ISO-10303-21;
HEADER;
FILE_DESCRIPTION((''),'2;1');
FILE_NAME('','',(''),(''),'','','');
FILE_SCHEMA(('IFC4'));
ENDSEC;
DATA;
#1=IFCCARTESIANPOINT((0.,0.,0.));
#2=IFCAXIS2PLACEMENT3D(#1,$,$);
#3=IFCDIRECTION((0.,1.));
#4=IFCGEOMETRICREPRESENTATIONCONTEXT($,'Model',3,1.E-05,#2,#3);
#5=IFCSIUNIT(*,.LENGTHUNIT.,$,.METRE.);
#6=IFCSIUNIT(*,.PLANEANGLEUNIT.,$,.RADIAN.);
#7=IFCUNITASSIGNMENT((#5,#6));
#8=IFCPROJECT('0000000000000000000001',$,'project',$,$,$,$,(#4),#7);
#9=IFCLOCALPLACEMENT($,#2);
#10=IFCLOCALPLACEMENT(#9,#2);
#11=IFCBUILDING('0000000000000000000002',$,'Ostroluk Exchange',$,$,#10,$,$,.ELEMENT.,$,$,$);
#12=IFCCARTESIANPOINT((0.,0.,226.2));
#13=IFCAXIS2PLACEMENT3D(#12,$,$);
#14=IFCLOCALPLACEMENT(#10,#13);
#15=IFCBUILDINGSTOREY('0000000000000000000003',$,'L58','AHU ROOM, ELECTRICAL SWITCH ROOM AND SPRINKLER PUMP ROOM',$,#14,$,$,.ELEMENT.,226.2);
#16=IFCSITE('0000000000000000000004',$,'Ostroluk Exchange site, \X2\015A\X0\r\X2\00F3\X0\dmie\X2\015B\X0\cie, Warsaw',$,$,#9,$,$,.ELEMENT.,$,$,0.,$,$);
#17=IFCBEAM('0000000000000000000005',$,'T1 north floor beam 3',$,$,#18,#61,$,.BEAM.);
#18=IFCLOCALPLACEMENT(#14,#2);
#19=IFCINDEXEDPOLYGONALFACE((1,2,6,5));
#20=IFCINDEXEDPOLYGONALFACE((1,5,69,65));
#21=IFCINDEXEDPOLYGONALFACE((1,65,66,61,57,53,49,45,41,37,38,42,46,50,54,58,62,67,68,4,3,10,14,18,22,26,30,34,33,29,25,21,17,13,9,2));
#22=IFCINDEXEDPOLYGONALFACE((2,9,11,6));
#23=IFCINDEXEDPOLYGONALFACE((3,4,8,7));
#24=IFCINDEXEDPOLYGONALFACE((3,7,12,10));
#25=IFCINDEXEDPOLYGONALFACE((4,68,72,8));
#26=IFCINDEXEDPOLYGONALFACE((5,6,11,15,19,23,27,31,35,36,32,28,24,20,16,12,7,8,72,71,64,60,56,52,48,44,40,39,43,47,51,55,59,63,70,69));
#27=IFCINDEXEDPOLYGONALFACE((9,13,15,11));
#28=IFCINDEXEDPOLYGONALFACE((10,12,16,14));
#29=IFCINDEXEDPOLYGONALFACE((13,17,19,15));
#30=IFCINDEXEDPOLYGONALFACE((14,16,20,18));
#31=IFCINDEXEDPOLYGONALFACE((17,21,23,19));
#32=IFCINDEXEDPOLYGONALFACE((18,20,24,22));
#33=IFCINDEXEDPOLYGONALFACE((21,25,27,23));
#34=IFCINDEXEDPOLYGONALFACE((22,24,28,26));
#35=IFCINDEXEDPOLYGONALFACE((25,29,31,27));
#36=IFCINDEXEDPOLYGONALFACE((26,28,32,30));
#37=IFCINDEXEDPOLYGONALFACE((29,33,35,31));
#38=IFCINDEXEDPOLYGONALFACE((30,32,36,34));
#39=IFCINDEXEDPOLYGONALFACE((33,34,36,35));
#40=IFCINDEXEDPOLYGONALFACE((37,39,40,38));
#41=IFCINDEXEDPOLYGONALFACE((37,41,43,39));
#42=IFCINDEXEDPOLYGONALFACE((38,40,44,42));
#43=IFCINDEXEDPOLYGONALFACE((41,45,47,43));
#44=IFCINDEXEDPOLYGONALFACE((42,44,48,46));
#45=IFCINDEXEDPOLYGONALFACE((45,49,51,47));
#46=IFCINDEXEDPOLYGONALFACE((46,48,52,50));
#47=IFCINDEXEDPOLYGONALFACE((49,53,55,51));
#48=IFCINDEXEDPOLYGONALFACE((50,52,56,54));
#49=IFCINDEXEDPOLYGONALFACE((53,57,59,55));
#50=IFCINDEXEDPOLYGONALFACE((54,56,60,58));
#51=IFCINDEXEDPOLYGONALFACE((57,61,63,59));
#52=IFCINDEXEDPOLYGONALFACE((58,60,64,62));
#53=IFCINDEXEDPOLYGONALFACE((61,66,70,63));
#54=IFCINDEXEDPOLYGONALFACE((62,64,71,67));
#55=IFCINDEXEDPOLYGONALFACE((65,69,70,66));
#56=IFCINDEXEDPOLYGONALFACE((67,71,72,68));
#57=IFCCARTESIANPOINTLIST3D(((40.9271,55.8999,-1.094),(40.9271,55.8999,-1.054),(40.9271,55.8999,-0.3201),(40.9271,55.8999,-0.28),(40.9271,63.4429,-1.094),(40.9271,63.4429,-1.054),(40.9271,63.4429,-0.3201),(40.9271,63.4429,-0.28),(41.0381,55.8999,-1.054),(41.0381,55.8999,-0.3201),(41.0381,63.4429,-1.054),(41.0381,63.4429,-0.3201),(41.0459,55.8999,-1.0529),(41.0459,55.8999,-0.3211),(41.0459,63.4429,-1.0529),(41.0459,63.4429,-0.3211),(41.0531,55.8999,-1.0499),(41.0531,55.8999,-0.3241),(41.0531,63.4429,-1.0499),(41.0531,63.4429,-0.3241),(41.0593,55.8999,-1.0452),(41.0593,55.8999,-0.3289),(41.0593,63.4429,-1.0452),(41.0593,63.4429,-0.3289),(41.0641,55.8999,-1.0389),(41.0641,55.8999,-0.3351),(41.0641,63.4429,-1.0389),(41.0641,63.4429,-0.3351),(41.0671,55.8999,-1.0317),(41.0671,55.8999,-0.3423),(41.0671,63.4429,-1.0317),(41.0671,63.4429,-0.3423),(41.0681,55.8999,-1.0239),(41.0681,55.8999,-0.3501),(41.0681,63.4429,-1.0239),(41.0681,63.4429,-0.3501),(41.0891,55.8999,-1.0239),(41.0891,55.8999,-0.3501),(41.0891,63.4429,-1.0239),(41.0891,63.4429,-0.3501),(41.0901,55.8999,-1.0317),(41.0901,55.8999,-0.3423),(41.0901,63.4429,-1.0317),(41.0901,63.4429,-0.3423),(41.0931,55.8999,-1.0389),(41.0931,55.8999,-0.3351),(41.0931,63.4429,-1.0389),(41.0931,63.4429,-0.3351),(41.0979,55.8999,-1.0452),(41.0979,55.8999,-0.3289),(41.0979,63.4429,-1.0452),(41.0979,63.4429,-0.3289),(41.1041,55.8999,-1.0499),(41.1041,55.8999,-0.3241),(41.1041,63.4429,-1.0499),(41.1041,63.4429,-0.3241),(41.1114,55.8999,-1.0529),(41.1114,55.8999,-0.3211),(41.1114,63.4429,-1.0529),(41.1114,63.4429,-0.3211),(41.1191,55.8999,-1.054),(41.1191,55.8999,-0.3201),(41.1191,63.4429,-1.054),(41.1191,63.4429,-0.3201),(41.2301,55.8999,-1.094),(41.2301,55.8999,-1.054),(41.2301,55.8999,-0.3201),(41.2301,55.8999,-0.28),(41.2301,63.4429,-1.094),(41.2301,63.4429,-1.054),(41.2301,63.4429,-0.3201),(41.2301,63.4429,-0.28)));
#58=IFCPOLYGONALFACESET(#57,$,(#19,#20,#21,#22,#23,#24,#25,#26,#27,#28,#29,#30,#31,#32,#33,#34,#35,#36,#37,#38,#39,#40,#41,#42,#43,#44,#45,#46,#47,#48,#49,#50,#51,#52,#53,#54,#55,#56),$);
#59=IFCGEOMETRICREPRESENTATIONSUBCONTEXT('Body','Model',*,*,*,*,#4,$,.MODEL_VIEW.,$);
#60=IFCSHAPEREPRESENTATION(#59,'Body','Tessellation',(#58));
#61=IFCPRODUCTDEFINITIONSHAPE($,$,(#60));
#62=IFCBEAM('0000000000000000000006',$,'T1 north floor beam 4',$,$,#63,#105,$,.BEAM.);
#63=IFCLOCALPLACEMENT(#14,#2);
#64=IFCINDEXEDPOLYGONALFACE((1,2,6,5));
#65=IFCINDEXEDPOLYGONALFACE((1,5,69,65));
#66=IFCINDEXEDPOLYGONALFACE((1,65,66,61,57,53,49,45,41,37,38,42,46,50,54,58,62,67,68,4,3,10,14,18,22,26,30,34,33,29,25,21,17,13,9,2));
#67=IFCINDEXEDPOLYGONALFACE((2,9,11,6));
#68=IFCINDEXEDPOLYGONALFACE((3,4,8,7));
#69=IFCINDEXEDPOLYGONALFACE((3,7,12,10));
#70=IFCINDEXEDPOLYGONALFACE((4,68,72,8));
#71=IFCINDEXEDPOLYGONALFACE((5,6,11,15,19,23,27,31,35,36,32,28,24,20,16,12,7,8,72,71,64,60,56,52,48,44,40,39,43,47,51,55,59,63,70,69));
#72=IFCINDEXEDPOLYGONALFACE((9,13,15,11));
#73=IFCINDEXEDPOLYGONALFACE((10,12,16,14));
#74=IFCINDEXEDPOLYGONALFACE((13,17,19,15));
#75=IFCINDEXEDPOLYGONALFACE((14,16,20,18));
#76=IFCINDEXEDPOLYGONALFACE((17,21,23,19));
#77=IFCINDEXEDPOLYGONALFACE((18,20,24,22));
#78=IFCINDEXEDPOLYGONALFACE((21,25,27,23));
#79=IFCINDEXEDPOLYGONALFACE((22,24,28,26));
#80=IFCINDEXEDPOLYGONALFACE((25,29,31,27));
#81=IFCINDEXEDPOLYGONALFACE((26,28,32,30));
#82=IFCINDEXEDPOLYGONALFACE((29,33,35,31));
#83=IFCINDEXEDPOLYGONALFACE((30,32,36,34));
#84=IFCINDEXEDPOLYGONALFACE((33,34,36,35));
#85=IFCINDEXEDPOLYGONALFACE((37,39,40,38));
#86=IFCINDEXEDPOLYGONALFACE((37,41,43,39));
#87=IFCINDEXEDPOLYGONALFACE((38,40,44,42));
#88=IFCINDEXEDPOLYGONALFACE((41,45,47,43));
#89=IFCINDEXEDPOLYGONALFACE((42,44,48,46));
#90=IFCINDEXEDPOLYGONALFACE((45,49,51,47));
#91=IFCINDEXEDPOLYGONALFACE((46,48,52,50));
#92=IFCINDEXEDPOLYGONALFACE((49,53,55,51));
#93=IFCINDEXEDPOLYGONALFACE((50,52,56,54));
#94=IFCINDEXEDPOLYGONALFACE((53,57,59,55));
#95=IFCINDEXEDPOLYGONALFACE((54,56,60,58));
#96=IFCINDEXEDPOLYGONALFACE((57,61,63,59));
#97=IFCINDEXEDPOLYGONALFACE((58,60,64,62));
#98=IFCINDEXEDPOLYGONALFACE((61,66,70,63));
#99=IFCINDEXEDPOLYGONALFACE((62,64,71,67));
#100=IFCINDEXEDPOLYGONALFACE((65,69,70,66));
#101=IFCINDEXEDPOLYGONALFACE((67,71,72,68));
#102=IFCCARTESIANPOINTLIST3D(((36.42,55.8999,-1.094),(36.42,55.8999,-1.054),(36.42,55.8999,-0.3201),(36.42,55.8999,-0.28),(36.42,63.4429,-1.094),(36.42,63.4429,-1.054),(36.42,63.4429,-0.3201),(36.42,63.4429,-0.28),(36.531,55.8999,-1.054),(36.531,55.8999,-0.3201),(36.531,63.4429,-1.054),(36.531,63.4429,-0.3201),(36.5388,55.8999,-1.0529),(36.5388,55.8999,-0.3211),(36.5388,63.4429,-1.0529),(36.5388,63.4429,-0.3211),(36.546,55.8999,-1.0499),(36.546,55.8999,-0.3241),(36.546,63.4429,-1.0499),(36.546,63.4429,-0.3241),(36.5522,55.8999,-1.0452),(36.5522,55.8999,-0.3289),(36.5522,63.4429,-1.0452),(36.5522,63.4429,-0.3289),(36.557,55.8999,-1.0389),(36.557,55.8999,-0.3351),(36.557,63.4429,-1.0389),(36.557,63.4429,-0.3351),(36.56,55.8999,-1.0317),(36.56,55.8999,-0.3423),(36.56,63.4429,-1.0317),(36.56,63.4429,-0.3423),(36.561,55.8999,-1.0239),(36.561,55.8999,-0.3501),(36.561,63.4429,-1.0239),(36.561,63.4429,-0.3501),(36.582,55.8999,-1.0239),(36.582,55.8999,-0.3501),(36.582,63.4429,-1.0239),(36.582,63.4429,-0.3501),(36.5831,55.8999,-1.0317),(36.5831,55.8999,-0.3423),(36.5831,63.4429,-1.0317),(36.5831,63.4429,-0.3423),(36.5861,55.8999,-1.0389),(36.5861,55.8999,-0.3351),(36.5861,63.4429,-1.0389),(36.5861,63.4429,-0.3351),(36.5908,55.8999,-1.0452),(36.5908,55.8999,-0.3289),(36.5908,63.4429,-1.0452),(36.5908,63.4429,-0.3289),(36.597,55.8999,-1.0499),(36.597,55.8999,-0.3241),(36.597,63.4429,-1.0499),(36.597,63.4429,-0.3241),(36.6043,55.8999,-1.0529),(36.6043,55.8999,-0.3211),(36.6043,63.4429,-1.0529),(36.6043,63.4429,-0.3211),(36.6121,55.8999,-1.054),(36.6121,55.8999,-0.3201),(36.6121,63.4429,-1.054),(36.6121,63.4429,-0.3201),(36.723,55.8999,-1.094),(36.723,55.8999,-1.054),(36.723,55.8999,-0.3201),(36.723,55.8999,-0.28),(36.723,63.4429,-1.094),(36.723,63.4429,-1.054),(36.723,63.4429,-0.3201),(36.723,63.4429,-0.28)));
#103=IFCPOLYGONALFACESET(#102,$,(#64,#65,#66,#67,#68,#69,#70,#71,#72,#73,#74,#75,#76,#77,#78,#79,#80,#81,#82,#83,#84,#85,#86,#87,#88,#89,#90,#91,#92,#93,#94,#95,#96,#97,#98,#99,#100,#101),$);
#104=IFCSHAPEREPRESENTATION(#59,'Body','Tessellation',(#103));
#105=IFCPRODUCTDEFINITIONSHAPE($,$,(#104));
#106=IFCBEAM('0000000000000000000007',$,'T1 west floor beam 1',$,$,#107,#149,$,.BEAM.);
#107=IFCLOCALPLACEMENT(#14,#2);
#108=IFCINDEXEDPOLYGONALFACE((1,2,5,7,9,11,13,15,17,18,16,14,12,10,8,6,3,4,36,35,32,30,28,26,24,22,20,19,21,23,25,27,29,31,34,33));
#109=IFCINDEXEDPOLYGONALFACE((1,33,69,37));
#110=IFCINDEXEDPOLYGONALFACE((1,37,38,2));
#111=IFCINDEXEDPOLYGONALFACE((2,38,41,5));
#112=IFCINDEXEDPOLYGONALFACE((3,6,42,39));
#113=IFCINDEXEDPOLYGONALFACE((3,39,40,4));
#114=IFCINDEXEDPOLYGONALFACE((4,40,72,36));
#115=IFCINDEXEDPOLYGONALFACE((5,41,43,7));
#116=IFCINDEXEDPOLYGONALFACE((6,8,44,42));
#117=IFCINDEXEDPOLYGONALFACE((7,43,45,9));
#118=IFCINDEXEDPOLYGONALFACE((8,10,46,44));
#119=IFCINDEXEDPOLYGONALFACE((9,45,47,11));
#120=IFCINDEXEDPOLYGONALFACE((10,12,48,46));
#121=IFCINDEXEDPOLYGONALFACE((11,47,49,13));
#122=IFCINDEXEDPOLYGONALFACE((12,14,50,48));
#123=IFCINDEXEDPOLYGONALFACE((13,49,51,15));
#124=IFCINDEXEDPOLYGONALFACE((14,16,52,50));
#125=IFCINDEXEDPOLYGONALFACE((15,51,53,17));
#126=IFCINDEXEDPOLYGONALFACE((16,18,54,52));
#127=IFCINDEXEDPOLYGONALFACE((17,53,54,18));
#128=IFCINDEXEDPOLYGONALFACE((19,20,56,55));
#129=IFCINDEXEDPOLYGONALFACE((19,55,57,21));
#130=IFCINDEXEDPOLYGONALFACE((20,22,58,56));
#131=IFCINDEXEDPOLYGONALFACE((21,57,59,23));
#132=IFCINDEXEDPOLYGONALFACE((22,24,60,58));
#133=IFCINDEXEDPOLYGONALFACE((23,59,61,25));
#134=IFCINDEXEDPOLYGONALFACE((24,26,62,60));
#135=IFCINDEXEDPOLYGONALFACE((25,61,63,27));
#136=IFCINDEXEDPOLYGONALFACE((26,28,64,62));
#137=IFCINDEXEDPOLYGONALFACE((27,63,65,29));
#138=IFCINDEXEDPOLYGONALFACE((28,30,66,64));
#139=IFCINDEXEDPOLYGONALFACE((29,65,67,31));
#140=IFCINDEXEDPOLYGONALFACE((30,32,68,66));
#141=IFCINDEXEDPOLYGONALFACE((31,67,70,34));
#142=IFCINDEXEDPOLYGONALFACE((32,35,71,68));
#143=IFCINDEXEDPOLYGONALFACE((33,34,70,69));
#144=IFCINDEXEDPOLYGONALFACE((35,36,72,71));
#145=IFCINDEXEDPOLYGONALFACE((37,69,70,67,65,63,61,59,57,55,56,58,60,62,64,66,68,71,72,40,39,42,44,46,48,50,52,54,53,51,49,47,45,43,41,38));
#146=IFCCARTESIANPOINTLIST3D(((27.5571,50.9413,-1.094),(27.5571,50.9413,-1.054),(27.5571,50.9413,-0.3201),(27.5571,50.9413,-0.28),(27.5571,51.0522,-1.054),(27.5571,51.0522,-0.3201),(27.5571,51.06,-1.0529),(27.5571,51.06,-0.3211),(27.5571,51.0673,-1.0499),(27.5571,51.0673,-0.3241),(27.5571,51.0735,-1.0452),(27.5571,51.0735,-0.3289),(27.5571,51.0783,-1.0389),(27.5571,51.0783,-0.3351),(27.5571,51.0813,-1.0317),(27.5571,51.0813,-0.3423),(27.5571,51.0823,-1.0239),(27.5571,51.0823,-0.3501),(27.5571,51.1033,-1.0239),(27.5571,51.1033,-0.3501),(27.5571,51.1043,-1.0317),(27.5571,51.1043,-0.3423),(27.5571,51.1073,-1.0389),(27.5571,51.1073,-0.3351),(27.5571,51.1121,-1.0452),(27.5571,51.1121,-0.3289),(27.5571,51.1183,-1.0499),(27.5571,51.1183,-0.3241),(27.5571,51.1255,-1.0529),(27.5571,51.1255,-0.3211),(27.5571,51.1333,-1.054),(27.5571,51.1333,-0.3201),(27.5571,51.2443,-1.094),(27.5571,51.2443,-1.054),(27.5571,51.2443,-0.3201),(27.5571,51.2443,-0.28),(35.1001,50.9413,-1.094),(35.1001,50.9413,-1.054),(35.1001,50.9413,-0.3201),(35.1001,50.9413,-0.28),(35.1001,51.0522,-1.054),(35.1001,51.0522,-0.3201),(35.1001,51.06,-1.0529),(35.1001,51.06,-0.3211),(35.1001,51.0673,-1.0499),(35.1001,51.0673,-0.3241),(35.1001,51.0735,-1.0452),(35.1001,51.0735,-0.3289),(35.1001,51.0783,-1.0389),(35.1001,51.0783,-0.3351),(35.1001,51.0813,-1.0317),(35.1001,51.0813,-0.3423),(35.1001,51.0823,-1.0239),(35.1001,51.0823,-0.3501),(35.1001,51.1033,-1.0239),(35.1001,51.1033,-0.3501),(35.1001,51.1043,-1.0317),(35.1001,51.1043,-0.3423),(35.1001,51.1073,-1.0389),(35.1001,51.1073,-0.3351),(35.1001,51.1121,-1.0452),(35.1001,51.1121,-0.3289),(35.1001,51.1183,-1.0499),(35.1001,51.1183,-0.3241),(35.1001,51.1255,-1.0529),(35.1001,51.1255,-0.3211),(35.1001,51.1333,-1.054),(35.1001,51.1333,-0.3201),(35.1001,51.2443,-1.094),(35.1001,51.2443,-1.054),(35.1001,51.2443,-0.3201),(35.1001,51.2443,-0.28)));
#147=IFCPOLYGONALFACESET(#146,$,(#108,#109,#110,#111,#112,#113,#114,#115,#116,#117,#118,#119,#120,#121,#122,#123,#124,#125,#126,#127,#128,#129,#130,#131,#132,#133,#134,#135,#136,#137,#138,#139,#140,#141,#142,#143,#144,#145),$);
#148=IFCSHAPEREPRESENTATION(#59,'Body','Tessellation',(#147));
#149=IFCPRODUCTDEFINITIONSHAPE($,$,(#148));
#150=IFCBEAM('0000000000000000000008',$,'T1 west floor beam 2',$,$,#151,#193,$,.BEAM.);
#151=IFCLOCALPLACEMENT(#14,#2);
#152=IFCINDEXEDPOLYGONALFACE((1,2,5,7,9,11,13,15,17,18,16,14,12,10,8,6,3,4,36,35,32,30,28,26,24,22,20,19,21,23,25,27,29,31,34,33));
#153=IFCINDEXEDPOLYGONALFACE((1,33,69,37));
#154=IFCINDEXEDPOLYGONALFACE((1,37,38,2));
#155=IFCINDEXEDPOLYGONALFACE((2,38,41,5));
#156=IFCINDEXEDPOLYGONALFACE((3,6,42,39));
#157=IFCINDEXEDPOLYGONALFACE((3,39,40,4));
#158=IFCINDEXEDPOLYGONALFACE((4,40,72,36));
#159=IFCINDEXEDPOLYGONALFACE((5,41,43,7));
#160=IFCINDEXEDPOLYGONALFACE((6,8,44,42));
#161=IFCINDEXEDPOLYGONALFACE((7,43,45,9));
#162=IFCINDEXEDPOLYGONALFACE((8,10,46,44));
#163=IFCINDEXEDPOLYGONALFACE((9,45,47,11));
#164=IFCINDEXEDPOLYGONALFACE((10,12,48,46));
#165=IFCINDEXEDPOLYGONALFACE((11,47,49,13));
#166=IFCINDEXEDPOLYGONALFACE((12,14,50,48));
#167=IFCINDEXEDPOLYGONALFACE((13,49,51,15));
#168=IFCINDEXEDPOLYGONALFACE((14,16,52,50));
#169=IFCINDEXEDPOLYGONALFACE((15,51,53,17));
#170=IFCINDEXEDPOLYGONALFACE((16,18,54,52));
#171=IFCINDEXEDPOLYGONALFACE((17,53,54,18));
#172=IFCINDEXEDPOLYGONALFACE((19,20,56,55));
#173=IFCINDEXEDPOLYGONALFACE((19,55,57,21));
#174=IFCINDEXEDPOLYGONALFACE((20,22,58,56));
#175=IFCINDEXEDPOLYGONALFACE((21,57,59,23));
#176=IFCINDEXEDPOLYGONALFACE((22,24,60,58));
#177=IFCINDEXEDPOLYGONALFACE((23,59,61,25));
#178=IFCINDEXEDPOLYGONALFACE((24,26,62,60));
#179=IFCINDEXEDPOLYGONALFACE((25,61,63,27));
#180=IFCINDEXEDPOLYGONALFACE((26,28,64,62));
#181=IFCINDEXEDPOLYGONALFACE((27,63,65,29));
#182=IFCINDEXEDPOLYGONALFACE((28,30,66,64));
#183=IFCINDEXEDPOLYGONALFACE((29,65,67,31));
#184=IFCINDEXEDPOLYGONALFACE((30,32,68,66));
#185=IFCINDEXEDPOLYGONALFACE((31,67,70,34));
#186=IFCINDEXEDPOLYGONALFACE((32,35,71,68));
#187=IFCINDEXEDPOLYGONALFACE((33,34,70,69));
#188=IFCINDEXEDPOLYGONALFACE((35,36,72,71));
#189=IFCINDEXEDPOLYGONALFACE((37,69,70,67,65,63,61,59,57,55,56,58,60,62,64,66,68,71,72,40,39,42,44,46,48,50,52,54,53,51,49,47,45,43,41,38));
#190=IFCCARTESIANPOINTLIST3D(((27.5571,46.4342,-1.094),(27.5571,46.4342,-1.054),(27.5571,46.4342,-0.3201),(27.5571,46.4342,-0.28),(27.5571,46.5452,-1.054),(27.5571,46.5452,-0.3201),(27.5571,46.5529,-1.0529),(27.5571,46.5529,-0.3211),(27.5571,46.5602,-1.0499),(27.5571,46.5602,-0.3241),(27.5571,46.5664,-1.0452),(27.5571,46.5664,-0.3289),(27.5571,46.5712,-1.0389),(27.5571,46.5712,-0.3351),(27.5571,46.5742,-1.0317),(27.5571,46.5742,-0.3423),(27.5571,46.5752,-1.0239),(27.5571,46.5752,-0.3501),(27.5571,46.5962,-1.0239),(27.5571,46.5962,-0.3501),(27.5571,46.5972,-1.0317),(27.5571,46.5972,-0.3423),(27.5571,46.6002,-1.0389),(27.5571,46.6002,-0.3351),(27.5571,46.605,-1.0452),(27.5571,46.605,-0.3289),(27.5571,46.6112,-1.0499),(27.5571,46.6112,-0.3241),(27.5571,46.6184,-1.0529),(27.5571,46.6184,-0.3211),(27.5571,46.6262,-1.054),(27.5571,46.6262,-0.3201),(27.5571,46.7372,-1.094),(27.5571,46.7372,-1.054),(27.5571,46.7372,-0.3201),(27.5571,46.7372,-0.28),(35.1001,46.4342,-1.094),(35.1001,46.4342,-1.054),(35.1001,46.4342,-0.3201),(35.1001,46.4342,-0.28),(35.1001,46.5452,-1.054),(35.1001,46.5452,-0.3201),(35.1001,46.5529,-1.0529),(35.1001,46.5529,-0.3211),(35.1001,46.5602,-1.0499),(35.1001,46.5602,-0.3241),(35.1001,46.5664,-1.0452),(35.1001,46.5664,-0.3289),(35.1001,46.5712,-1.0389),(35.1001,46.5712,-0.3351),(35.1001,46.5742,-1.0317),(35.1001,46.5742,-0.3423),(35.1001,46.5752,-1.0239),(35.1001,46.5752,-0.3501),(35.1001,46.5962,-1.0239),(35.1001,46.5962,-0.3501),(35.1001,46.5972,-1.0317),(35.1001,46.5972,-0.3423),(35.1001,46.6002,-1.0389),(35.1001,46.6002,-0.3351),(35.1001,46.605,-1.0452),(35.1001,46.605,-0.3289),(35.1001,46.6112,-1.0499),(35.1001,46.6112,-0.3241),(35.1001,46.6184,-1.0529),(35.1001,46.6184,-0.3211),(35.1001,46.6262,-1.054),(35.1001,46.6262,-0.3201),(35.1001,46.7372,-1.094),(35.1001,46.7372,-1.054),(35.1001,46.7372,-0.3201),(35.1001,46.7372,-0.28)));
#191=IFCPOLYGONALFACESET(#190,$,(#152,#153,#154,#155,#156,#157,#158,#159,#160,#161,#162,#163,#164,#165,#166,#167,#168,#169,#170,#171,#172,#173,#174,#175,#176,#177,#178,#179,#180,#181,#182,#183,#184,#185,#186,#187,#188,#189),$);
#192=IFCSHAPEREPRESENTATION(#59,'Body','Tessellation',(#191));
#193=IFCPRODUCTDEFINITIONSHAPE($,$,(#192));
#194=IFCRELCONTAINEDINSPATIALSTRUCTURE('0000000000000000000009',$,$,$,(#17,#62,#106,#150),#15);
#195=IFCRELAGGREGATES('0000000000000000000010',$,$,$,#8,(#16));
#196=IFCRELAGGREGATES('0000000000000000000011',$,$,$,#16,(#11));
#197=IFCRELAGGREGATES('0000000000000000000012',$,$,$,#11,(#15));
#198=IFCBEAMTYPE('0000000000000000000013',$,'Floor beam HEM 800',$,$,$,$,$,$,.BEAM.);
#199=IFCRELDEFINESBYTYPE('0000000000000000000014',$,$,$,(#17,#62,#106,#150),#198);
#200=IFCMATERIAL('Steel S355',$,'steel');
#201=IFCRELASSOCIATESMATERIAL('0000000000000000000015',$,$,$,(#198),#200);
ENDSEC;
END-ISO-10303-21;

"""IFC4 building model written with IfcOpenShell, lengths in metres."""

from ifc_helpers import new_model, si_unit, direction, frame, origin, origin_2d, place, context, subcontext, project, spatial, i_section, extrude, material, material_profile, profile_set, type_object, element, save


model = new_model("IFC4")

# Units and contexts
model_context = context("Model", 3, precision=1e-05, world=origin(), true_north=direction((0.0, 1.0)))
body_context = subcontext(model_context, "Body", "Model", "MODEL_VIEW")
ifc_project = project(units=[si_unit("LENGTHUNIT", "METRE"), si_unit("PLANEANGLEUNIT", "RADIAN")], contexts=[model_context])

# Site, building, storey
site_placement = place(None, origin())
site = spatial("IfcSite", under=ifc_project, at=site_placement, Name="Ostroluk Exchange site, Śródmieście, Warsaw", CompositionType="ELEMENT", RefElevation=0.0)
building_placement = place(site_placement, origin())
building = spatial("IfcBuilding", under=site, at=building_placement, Name="Ostroluk Exchange", CompositionType="ELEMENT")
storey_placement = place(building_placement, frame((0.0, 0.0, 226.2)))
storey = spatial("IfcBuildingStorey", under=building, at=storey_placement, Name="L58", Description="AHU ROOM, ELECTRICAL SWITCH ROOM AND SPRINKLER PUMP ROOM", CompositionType="ELEMENT", Elevation=226.2)

# Beams
ifc_material_1 = material(Name="Steel S355", Category="steel")
ifc_material_profile_1 = material_profile(ifc_material_1, i_section(OverallWidth=0.303, OverallDepth=0.814, WebThickness=0.021, FlangeThickness=0.04, FilletRadius=0.03, at=origin_2d()), Name="HEM 800")
ifc_profile_set_1 = profile_set([ifc_material_profile_1], Name="Steel S355")
beam_type_1 = type_object("IfcBeamType", Name="Floor beam HEM 800", PredefinedType="BEAM", material=ifc_profile_set_1)
for number, where, z_axis, x_axis, name in (
    (1, (41.0786, 55.8999, -0.687), (0.0, 1.0, 0.0), (-1.0, 0.0, 0.0), "T1 north floor beam 3"),
    (2, (36.5715, 55.8999, -0.687), (0.0, 1.0, 0.0), (-1.0, 0.0, 0.0), "T1 north floor beam 4"),
    (3, (35.1001, 51.0928, -0.687), (-1.0, 0.0, 0.0), (0.0, -1.0, 0.0), "T1 west floor beam 1"),
    (4, (35.1001, 46.5857, -0.687), (-1.0, 0.0, 0.0), (0.0, -1.0, 0.0), "T1 west floor beam 2"),
):
    element("IfcBeam", number, at=place(storey_placement, frame(where, z_axis=z_axis, x_axis=x_axis)), inside=storey, type_object=beam_type_1, Name=name, PredefinedType="BEAM", context=body_context, shape_type="SweptSolid", body=[
        extrude(i_section(OverallWidth=0.303, OverallDepth=0.814, WebThickness=0.021, FlangeThickness=0.04, FilletRadius=0.03, at=origin_2d()), origin(), (0.0, 0.0, 1.0), 7.543),
    ])

save(model, "model.ifc")
